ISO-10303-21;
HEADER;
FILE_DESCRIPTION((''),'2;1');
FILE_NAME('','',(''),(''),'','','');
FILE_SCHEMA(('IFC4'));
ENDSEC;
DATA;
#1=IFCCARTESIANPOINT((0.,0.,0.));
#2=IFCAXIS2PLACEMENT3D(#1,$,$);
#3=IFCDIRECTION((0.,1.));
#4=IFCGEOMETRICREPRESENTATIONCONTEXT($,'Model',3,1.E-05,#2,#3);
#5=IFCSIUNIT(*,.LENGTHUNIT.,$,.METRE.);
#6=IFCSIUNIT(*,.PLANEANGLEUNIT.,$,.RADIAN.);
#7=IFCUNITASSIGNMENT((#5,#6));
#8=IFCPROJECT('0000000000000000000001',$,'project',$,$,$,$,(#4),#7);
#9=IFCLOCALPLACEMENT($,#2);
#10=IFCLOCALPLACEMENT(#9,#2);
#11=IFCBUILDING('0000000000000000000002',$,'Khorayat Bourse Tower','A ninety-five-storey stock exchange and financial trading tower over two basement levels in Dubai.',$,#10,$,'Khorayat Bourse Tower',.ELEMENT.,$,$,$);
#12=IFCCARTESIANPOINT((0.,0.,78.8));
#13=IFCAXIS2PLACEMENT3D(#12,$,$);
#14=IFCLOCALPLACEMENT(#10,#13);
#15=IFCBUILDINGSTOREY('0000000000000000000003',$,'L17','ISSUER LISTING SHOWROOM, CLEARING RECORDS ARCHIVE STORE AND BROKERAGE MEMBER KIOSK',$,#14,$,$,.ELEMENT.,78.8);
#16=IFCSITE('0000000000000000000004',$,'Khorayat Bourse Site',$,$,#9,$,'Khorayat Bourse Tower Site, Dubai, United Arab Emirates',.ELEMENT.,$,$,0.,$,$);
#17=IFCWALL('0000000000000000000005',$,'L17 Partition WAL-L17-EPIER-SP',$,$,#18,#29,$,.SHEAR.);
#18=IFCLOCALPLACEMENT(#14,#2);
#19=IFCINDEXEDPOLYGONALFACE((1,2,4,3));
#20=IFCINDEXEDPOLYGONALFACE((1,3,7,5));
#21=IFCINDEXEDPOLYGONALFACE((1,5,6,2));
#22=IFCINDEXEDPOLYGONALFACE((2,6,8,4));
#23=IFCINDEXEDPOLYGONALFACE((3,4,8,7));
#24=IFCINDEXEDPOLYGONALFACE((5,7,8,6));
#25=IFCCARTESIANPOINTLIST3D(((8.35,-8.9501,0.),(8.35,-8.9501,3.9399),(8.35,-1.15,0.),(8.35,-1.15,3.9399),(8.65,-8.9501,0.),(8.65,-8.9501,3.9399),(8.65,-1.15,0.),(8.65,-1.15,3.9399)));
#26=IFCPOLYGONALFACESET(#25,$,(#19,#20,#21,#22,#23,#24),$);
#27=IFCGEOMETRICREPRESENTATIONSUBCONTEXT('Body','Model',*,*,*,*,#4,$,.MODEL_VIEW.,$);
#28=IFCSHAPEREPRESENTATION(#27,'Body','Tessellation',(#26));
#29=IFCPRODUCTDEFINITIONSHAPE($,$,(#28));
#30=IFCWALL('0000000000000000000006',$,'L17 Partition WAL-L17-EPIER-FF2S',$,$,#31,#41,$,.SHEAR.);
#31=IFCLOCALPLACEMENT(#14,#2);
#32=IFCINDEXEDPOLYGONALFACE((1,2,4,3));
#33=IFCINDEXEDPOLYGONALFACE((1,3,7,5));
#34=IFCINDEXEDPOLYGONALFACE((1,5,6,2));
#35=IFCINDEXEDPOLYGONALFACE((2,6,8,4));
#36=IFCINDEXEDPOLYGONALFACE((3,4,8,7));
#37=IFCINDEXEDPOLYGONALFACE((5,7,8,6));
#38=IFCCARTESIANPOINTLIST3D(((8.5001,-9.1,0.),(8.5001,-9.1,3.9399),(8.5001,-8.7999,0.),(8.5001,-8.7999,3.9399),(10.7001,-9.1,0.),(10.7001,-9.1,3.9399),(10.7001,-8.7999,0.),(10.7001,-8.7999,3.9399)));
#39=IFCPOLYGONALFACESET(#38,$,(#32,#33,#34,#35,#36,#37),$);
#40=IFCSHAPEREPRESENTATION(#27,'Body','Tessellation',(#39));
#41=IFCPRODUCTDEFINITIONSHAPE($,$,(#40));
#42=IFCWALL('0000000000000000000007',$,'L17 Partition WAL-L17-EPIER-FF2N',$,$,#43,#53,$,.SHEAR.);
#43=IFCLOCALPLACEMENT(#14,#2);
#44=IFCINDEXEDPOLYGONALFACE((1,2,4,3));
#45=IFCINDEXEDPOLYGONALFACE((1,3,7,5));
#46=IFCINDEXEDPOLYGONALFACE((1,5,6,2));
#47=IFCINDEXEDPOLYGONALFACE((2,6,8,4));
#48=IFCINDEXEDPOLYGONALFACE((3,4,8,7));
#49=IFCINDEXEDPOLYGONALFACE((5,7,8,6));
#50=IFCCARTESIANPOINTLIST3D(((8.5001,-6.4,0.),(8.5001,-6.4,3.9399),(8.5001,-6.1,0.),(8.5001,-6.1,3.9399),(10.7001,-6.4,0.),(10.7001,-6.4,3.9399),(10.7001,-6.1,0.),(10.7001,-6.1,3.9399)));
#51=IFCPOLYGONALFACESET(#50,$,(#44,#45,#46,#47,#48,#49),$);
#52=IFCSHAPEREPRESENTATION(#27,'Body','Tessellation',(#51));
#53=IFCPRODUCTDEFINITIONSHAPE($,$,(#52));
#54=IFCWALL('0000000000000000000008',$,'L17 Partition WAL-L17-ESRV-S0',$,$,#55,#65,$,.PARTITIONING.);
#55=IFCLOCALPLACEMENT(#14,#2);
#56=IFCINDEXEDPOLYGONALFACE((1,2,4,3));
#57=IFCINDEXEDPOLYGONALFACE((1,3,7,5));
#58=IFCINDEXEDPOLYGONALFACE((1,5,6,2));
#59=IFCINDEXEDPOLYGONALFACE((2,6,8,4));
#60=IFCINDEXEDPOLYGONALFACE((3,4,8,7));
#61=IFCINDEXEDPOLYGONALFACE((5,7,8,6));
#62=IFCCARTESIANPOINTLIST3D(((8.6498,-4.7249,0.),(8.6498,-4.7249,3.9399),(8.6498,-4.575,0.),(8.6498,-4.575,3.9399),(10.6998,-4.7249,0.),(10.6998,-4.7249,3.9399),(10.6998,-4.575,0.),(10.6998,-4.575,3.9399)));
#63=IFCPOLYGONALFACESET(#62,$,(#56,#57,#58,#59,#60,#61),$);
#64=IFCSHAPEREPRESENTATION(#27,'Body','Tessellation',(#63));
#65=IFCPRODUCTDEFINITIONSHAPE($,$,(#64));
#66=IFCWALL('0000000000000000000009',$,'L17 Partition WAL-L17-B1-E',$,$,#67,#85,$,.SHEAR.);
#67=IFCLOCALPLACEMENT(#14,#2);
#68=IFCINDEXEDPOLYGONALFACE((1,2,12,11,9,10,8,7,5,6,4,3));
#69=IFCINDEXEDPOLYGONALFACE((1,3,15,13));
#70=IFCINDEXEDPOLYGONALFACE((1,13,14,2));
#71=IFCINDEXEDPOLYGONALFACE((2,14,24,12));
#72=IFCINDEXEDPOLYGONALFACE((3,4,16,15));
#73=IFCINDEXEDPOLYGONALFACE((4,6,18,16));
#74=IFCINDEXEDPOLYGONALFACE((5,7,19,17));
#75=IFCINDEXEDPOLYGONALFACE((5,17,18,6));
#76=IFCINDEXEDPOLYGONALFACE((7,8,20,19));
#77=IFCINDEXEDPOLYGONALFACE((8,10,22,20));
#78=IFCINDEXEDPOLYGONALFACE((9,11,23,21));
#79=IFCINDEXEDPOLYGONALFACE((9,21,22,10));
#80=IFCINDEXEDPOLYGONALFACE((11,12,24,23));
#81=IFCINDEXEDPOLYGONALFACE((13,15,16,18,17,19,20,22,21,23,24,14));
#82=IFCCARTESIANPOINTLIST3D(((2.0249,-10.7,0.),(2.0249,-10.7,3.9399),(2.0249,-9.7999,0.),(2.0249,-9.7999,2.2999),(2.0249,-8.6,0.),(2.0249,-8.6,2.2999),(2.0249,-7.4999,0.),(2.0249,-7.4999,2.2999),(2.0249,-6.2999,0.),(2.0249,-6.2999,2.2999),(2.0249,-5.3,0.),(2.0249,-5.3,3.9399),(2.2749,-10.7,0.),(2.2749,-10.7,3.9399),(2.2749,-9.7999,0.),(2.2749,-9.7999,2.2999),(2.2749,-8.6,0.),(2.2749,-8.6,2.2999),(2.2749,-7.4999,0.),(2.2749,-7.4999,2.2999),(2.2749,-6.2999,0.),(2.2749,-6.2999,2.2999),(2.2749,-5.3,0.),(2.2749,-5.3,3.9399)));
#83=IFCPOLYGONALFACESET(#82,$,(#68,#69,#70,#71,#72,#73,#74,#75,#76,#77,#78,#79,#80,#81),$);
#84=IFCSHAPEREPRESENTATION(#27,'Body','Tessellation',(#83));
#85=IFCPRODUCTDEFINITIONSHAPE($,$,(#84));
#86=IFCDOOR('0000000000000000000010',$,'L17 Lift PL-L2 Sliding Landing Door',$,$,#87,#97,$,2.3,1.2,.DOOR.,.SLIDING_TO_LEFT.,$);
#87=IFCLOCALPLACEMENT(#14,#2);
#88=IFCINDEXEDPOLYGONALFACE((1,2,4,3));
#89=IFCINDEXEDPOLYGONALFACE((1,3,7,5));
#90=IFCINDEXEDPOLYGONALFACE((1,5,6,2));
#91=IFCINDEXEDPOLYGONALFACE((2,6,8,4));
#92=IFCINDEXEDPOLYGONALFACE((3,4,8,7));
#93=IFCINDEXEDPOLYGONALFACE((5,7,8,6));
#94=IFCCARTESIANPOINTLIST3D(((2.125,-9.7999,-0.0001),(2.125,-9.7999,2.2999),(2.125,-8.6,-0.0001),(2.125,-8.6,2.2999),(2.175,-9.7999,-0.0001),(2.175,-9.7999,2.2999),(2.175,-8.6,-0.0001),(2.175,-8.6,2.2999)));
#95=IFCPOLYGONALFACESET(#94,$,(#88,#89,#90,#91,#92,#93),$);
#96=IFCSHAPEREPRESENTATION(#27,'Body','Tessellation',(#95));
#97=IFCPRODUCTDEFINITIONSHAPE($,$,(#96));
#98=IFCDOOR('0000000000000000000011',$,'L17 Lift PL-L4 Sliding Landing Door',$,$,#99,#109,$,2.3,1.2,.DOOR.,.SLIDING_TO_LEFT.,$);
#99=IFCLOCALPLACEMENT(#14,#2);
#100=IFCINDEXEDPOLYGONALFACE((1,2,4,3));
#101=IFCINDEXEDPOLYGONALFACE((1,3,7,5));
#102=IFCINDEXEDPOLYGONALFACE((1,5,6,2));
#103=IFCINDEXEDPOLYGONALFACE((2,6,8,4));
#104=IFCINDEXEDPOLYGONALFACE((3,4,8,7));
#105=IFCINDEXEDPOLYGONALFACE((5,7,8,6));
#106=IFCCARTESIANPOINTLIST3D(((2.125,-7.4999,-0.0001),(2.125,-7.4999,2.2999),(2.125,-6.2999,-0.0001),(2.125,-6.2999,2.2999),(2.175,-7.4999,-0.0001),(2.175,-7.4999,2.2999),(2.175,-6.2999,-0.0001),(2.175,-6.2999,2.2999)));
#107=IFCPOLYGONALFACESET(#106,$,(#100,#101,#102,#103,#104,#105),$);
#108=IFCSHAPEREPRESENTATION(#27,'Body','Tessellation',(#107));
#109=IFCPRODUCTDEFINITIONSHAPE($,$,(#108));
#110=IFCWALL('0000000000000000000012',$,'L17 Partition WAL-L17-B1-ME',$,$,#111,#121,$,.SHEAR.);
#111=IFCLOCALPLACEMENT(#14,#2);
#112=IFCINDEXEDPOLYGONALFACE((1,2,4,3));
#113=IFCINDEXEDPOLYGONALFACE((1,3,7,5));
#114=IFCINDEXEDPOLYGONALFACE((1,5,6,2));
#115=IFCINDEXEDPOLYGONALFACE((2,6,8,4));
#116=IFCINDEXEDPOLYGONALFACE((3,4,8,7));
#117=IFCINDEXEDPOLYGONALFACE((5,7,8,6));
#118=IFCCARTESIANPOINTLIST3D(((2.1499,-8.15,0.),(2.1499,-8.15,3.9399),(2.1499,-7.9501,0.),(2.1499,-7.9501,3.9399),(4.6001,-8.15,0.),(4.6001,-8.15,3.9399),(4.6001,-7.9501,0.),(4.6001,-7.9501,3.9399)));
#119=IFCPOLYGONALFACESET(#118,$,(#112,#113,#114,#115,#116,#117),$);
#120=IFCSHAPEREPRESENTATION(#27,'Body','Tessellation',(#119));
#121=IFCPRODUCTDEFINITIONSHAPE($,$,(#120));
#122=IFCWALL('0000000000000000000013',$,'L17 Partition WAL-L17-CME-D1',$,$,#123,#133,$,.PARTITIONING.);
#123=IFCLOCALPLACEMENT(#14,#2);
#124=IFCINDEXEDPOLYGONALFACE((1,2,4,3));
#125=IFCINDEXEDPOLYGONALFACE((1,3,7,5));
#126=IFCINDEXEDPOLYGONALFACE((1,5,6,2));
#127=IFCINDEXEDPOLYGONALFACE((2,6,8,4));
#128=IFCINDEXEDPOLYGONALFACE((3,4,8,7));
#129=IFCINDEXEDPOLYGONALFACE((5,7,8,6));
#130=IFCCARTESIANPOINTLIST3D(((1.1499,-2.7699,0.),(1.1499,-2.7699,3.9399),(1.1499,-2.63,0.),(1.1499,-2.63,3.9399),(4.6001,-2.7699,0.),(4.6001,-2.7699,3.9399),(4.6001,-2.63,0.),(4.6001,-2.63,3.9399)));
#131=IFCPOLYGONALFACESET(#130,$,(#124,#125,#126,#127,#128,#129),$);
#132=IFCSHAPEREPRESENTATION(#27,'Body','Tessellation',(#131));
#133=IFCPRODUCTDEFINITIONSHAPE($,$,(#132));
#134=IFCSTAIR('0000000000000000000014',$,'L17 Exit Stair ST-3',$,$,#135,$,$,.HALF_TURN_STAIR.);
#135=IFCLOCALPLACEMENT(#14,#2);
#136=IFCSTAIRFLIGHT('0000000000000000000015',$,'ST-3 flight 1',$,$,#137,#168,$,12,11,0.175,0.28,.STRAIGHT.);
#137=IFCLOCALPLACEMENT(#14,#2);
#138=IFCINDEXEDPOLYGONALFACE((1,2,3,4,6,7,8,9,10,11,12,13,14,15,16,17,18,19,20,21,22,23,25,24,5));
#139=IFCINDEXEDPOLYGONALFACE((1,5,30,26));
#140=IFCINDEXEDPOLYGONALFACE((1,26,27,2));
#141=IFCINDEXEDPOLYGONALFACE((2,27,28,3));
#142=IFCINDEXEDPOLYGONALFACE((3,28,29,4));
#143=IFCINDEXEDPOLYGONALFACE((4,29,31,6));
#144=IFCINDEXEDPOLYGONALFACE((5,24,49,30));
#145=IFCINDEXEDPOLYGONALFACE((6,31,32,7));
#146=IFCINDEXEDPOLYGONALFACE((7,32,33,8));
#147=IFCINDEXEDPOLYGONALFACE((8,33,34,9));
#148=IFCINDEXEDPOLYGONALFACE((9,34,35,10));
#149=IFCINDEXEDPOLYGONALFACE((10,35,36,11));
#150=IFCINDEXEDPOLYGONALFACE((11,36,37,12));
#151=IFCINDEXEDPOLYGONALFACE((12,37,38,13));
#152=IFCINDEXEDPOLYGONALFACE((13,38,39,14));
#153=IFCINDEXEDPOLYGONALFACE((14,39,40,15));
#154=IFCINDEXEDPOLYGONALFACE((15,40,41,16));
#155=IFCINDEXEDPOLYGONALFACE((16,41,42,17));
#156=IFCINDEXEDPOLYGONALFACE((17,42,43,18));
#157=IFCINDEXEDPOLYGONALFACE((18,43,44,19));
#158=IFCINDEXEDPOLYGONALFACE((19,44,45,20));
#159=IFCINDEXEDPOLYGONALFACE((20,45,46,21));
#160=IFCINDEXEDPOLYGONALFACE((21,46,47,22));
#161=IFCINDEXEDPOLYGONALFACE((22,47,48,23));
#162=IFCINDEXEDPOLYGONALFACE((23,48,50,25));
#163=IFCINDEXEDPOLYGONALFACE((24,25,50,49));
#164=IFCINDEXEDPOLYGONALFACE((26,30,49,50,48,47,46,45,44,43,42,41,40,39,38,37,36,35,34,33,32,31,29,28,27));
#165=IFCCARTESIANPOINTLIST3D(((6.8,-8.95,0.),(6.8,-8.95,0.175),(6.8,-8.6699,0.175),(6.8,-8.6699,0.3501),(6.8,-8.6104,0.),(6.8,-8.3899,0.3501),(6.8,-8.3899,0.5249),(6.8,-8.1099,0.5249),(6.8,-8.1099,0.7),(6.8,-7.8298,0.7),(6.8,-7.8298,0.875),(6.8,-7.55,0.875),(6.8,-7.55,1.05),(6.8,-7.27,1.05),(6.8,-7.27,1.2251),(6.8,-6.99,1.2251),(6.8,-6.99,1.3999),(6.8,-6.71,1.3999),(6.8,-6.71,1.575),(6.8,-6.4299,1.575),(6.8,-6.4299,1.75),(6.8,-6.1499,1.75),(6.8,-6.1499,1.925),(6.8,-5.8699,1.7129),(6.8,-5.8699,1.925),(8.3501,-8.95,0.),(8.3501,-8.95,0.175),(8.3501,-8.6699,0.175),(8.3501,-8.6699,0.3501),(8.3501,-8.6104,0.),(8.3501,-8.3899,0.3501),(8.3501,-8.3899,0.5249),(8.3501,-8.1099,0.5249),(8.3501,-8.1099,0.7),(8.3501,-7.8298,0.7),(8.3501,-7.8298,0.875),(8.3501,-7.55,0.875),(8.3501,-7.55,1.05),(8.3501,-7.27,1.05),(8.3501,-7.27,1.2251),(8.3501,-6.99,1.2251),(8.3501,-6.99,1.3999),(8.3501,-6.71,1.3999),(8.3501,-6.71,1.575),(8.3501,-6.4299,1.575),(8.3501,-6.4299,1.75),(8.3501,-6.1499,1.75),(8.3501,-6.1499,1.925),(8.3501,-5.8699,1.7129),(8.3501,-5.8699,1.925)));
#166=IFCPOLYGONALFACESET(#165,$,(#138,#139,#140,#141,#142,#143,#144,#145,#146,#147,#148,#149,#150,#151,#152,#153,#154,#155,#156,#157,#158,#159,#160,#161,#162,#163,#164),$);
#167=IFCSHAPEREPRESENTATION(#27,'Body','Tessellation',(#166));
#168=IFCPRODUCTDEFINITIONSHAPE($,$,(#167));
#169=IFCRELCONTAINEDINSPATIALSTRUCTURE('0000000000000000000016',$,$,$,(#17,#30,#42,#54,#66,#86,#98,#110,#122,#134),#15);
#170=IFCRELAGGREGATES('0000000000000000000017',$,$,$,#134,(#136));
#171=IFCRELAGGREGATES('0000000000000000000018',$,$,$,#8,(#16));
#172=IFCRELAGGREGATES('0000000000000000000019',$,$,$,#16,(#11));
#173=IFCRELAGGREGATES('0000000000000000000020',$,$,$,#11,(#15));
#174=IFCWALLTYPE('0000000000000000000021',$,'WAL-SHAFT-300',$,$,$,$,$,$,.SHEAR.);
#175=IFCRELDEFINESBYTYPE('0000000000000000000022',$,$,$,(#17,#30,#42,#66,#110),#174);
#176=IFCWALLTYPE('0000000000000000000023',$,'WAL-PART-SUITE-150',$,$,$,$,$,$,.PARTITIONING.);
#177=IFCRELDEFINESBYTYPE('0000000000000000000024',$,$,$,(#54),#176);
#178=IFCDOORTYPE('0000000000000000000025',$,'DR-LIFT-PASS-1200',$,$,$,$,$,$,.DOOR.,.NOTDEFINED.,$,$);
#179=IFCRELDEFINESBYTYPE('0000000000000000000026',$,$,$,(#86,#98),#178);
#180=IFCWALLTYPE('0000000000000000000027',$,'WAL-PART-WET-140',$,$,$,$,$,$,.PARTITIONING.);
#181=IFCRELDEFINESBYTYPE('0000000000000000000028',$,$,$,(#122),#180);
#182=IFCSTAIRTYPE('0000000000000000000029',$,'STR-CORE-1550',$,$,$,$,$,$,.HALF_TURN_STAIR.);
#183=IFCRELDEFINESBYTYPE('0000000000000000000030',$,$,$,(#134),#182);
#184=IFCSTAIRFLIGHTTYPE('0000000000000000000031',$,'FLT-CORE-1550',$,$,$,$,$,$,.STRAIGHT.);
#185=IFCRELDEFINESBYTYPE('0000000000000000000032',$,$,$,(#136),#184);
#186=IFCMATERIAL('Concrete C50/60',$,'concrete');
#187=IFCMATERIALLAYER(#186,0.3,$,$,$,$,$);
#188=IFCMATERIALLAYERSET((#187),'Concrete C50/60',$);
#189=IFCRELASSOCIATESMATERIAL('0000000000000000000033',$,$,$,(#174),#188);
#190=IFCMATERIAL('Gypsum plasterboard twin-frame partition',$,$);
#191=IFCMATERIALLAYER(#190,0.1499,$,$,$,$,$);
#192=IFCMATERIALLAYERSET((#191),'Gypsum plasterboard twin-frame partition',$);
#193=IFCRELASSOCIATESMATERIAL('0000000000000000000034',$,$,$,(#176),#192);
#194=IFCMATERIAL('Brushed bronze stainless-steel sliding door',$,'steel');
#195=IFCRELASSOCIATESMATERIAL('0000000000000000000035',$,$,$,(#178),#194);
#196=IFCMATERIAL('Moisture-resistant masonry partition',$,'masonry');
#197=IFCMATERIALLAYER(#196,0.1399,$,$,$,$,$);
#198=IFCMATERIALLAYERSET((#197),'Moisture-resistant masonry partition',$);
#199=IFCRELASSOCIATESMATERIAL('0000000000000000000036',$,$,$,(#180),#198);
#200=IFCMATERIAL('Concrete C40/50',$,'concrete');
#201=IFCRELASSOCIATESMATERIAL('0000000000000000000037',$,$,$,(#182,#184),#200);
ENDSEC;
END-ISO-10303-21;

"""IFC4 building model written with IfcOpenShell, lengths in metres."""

from ifc_helpers import new_model, si_unit, direction, frame, frame_2d, origin, place, context, subcontext, project, spatial, polyline, rectangle, outline, extrude, source, transform, mapped, material, layer, layer_set, type_object, element, fill, aggregate, save


model = new_model("IFC4")

# Units and contexts
model_context = context("Model", 3, precision=1e-05, world=origin(), true_north=direction((0.0, 1.0)))
body_context = subcontext(model_context, "Body", "Model", "MODEL_VIEW")
ifc_project = project(units=[si_unit("LENGTHUNIT", "METRE"), si_unit("PLANEANGLEUNIT", "RADIAN")], contexts=[model_context])

# Site, building, storey
site_placement = place(None, origin())
site = spatial("IfcSite", under=ifc_project, at=site_placement, Name="Khorayat Bourse Site", LongName="Khorayat Bourse Tower Site, Dubai, United Arab Emirates", CompositionType="ELEMENT", RefElevation=0.0)
building_placement = place(site_placement, origin())
building = spatial("IfcBuilding", under=site, at=building_placement, Name="Khorayat Bourse Tower", Description="A ninety-five-storey stock exchange and financial trading tower over two basement levels in Dubai.", LongName="Khorayat Bourse Tower", CompositionType="ELEMENT")
storey_placement = place(building_placement, frame((0.0, 0.0, 78.8)))
storey = spatial("IfcBuildingStorey", under=building, at=storey_placement, Name="L17", Description="ISSUER LISTING SHOWROOM, CLEARING RECORDS ARCHIVE STORE AND BROKERAGE MEMBER KIOSK", CompositionType="ELEMENT", Elevation=78.8)

# Walls
ifc_material_1 = material(Name="Concrete C50/60", Category="concrete")
ifc_layer_1 = layer(ifc_material_1, 0.3)
ifc_layer_set_1 = layer_set([ifc_layer_1], Name="Concrete C50/60")
wall_type_1 = type_object("IfcWallType", Name="WAL-SHAFT-300", PredefinedType="SHEAR", material=ifc_layer_set_1)
shared_shape_1 = source(origin(), body_context, "Body", "SweptSolid", [
    extrude(rectangle(XDim=7.8, YDim=0.3, at=frame_2d((3.8999, 0.0))), origin(), (0.0, 0.0, 1.0), 3.9399),
])
wall_1_placement = place(storey_placement, frame((8.5, -8.95, 0.0), z_axis=(0.0, 0.0, 1.0), x_axis=(0.0, 1.0, 0.0)))
element("IfcWall", 1, at=wall_1_placement, inside=storey, type_object=wall_type_1, Name="L17 Partition WAL-L17-EPIER-SP", PredefinedType="SHEAR", context=body_context, shape_type="MappedRepresentation", body=[
    mapped(shared_shape_1, transform((0.0, 0.0, 0.0), scale=1.0)),
])
shared_shape_2 = source(origin(), body_context, "Body", "SweptSolid", [
    extrude(rectangle(XDim=2.2, YDim=0.3, at=frame_2d((1.1001, 0.0))), origin(), (0.0, 0.0, 1.0), 3.9399),
])
for number, where, z_axis, x_axis, name in (
    (2, (8.5, -8.95, 0.0), (0.0, 0.0, 1.0), (1.0, 0.0, 0.0), "L17 Partition WAL-L17-EPIER-FF2S"),
    (3, (8.5, -6.25, 0.0), (0.0, 0.0, 1.0), (1.0, 0.0, 0.0), "L17 Partition WAL-L17-EPIER-FF2N"),
):
    element("IfcWall", number, at=place(storey_placement, frame(where, z_axis=z_axis, x_axis=x_axis)), inside=storey, type_object=wall_type_1, Name=name, PredefinedType="SHEAR", context=body_context, shape_type="MappedRepresentation", body=[
        mapped(shared_shape_2, transform((0.0, 0.0, 0.0), scale=1.0)),
    ])
ifc_material_2 = material(Name="Gypsum plasterboard twin-frame partition")
ifc_layer_2 = layer(ifc_material_2, 0.1499)
ifc_layer_set_2 = layer_set([ifc_layer_2], Name="Gypsum plasterboard twin-frame partition")
wall_type_2 = type_object("IfcWallType", Name="WAL-PART-SUITE-150", PredefinedType="PARTITIONING", material=ifc_layer_set_2)
shared_shape_3 = source(origin(), body_context, "Body", "SweptSolid", [
    extrude(rectangle(XDim=2.05, YDim=0.1499, at=frame_2d((1.0249, 0.0))), origin(), (0.0, 0.0, 1.0), 3.9399),
])
wall_2_placement = place(storey_placement, frame((8.6499, -4.6499, 0.0), z_axis=(0.0, 0.0, 1.0), x_axis=(1.0, 0.0, 0.0)))
element("IfcWall", 4, at=wall_2_placement, inside=storey, type_object=wall_type_2, Name="L17 Partition WAL-L17-ESRV-S0", PredefinedType="PARTITIONING", context=body_context, shape_type="MappedRepresentation", body=[
    mapped(shared_shape_3, transform((0.0, 0.0, 0.0), scale=1.0)),
])

# Wall, openings, doors
shared_shape_4 = source(origin(), body_context, "Body", "SweptSolid", [
    extrude(rectangle(XDim=5.3999, YDim=0.25, at=frame_2d((2.7, 0.0))), origin(), (0.0, 0.0, 1.0), 3.9399),
])
wall_3_placement = place(storey_placement, frame((2.1499, -10.7, 0.0), z_axis=(0.0, 0.0, 1.0), x_axis=(0.0, 1.0, 0.0)))
wall_3 = element("IfcWall", 5, at=wall_3_placement, inside=storey, type_object=wall_type_1, Name="L17 Partition WAL-L17-B1-E", PredefinedType="SHEAR", context=body_context, shape_type="MappedRepresentation", body=[
    mapped(shared_shape_4, transform((0.0, 0.0, 0.0), scale=1.0)),
])
shared_shape_5 = source(origin(), body_context, "Body", "SweptSolid", [
    extrude(rectangle(XDim=1.2, YDim=2.3, at=frame_2d((0.6001, 1.1499))), frame((0.0, 0.135, 0.0), z_axis=(0.0, -1.0, 0.0), x_axis=(1.0, 0.0, 0.0)), (0.0, 0.0, 1.0), 0.27),
])
opening_1_placement = place(wall_3_placement, frame((0.8999, 0.0, 0.0)))
opening_1 = element("IfcOpeningElement", 6, at=opening_1_placement, cuts=wall_3, PredefinedType="OPENING", context=body_context, shape_type="MappedRepresentation", body=[
    mapped(shared_shape_5, transform((0.0, 0.0, 0.0), scale=1.0)),
])
opening_2_placement = place(wall_3_placement, frame((3.2, 0.0, 0.0)))
opening_2 = element("IfcOpeningElement", 7, at=opening_2_placement, cuts=wall_3, PredefinedType="OPENING", context=body_context, shape_type="MappedRepresentation", body=[
    mapped(shared_shape_5, transform((0.0, 0.0, 0.0), scale=1.0)),
])
ifc_material_3 = material(Name="Brushed bronze stainless-steel sliding door", Category="steel")
door_type_1 = type_object("IfcDoorType", Name="DR-LIFT-PASS-1200", OperationType="NOTDEFINED", PredefinedType="DOOR", material=ifc_material_3)
shared_shape_6 = source(origin(), body_context, "Body", "SweptSolid", [
    extrude(rectangle(XDim=1.2, YDim=2.3, at=frame_2d((0.6001, 1.1499))), frame((0.0, 0.0249, 0.0), z_axis=(0.0, -1.0, 0.0), x_axis=(1.0, 0.0, 0.0)), (0.0, 0.0, 1.0), 0.05),
])
door_1_placement = place(opening_1_placement, origin())
door_1 = element("IfcDoor", 8, at=door_1_placement, inside=storey, type_object=door_type_1, Name="L17 Lift PL-L2 Sliding Landing Door", OperationType="SLIDING_TO_LEFT", OverallHeight=2.3, OverallWidth=1.2, PredefinedType="DOOR", context=body_context, shape_type="MappedRepresentation", body=[
    mapped(shared_shape_6, transform((0.0, 0.0, 0.0), scale=1.0)),
])
fill(opening_1, door_1)
door_2_placement = place(opening_2_placement, origin())
door_2 = element("IfcDoor", 9, at=door_2_placement, inside=storey, type_object=door_type_1, Name="L17 Lift PL-L4 Sliding Landing Door", OperationType="SLIDING_TO_LEFT", OverallHeight=2.3, OverallWidth=1.2, PredefinedType="DOOR", context=body_context, shape_type="MappedRepresentation", body=[
    mapped(shared_shape_6, transform((0.0, 0.0, 0.0), scale=1.0)),
])
fill(opening_2, door_2)

# Walls
shared_shape_7 = source(origin(), body_context, "Body", "SweptSolid", [
    extrude(rectangle(XDim=2.4502, YDim=0.2, at=frame_2d((1.2251, 0.0))), origin(), (0.0, 0.0, 1.0), 3.9399),
])
wall_4_placement = place(storey_placement, frame((2.1499, -8.05, 0.0), z_axis=(0.0, 0.0, 1.0), x_axis=(1.0, 0.0, 0.0)))
element("IfcWall", 10, at=wall_4_placement, inside=storey, type_object=wall_type_1, Name="L17 Partition WAL-L17-B1-ME", PredefinedType="SHEAR", context=body_context, shape_type="MappedRepresentation", body=[
    mapped(shared_shape_7, transform((0.0, 0.0, 0.0), scale=1.0)),
])
ifc_material_4 = material(Name="Moisture-resistant masonry partition", Category="masonry")
ifc_layer_3 = layer(ifc_material_4, 0.1399)
ifc_layer_set_3 = layer_set([ifc_layer_3], Name="Moisture-resistant masonry partition")
wall_type_3 = type_object("IfcWallType", Name="WAL-PART-WET-140", PredefinedType="PARTITIONING", material=ifc_layer_set_3)
shared_shape_8 = source(origin(), body_context, "Body", "SweptSolid", [
    extrude(rectangle(XDim=3.4502, YDim=0.1399, at=frame_2d((1.7251, 0.0))), origin(), (0.0, 0.0, 1.0), 3.9399),
])
wall_5_placement = place(storey_placement, frame((1.1499, -2.7, 0.0), z_axis=(0.0, 0.0, 1.0), x_axis=(1.0, 0.0, 0.0)))
element("IfcWall", 11, at=wall_5_placement, inside=storey, type_object=wall_type_3, Name="L17 Partition WAL-L17-CME-D1", PredefinedType="PARTITIONING", context=body_context, shape_type="MappedRepresentation", body=[
    mapped(shared_shape_8, transform((0.0, 0.0, 0.0), scale=1.0)),
])

# Stair, stair flight
ifc_material_5 = material(Name="Concrete C40/50", Category="concrete")
stair_type = type_object("IfcStairType", Name="STR-CORE-1550", PredefinedType="HALF_TURN_STAIR", material=ifc_material_5)
stair_placement = place(storey_placement, origin())
stair = element("IfcStair", 12, at=stair_placement, inside=storey, type_object=stair_type, Name="L17 Exit Stair ST-3", PredefinedType="HALF_TURN_STAIR")
stair_flight_type = type_object("IfcStairFlightType", Name="FLT-CORE-1550", PredefinedType="STRAIGHT", material=ifc_material_5)
shared_shape_9 = source(origin(), body_context, "Body", "SweptSolid", [
    extrude(outline(polyline([(0.0, 0.0), (0.0, 0.175), (0.28, 0.175), (0.28, 0.3501), (0.5601, 0.3501), (0.5601, 0.5249), (0.8401, 0.5249), (0.8401, 0.7), (1.1201, 0.7), (1.1201, 0.875), (1.3999, 0.875), (1.3999, 1.05), (1.6799, 1.05), (1.6799, 1.2251), (1.96, 1.2251), (1.96, 1.3999), (2.24, 1.3999), (2.24, 1.575), (2.52, 1.575), (2.52, 1.75), (2.8, 1.75), (2.8, 1.925), (3.0801, 1.925), (3.0801, 2.1001), (3.0801, 1.7129), (0.3396, 0.0), (0.0, 0.0)])), frame((0.0, 0.7749, 0.0), z_axis=(0.0, -1.0, 0.0), x_axis=(1.0, 0.0, 0.0)), (0.0, 0.0, 1.0), 1.55),
])
stair_flight_1_placement = place(storey_placement, frame((7.575, -8.95, 0.0), z_axis=(0.0, 0.0, 1.0), x_axis=(0.0, 1.0, 0.0)))
stair_flight_1 = element("IfcStairFlight", 13, at=stair_flight_1_placement, type_object=stair_flight_type, Name="ST-3 flight 1", NumberOfRisers=12, NumberOfTreads=11, PredefinedType="STRAIGHT", RiserHeight=0.175, TreadLength=0.28, context=body_context, shape_type="MappedRepresentation", body=[
    mapped(shared_shape_9, transform((0.0, 0.0, 0.0), scale=1.0)),
])
aggregate(stair, [stair_flight_1])

save(model, "model.ifc")
